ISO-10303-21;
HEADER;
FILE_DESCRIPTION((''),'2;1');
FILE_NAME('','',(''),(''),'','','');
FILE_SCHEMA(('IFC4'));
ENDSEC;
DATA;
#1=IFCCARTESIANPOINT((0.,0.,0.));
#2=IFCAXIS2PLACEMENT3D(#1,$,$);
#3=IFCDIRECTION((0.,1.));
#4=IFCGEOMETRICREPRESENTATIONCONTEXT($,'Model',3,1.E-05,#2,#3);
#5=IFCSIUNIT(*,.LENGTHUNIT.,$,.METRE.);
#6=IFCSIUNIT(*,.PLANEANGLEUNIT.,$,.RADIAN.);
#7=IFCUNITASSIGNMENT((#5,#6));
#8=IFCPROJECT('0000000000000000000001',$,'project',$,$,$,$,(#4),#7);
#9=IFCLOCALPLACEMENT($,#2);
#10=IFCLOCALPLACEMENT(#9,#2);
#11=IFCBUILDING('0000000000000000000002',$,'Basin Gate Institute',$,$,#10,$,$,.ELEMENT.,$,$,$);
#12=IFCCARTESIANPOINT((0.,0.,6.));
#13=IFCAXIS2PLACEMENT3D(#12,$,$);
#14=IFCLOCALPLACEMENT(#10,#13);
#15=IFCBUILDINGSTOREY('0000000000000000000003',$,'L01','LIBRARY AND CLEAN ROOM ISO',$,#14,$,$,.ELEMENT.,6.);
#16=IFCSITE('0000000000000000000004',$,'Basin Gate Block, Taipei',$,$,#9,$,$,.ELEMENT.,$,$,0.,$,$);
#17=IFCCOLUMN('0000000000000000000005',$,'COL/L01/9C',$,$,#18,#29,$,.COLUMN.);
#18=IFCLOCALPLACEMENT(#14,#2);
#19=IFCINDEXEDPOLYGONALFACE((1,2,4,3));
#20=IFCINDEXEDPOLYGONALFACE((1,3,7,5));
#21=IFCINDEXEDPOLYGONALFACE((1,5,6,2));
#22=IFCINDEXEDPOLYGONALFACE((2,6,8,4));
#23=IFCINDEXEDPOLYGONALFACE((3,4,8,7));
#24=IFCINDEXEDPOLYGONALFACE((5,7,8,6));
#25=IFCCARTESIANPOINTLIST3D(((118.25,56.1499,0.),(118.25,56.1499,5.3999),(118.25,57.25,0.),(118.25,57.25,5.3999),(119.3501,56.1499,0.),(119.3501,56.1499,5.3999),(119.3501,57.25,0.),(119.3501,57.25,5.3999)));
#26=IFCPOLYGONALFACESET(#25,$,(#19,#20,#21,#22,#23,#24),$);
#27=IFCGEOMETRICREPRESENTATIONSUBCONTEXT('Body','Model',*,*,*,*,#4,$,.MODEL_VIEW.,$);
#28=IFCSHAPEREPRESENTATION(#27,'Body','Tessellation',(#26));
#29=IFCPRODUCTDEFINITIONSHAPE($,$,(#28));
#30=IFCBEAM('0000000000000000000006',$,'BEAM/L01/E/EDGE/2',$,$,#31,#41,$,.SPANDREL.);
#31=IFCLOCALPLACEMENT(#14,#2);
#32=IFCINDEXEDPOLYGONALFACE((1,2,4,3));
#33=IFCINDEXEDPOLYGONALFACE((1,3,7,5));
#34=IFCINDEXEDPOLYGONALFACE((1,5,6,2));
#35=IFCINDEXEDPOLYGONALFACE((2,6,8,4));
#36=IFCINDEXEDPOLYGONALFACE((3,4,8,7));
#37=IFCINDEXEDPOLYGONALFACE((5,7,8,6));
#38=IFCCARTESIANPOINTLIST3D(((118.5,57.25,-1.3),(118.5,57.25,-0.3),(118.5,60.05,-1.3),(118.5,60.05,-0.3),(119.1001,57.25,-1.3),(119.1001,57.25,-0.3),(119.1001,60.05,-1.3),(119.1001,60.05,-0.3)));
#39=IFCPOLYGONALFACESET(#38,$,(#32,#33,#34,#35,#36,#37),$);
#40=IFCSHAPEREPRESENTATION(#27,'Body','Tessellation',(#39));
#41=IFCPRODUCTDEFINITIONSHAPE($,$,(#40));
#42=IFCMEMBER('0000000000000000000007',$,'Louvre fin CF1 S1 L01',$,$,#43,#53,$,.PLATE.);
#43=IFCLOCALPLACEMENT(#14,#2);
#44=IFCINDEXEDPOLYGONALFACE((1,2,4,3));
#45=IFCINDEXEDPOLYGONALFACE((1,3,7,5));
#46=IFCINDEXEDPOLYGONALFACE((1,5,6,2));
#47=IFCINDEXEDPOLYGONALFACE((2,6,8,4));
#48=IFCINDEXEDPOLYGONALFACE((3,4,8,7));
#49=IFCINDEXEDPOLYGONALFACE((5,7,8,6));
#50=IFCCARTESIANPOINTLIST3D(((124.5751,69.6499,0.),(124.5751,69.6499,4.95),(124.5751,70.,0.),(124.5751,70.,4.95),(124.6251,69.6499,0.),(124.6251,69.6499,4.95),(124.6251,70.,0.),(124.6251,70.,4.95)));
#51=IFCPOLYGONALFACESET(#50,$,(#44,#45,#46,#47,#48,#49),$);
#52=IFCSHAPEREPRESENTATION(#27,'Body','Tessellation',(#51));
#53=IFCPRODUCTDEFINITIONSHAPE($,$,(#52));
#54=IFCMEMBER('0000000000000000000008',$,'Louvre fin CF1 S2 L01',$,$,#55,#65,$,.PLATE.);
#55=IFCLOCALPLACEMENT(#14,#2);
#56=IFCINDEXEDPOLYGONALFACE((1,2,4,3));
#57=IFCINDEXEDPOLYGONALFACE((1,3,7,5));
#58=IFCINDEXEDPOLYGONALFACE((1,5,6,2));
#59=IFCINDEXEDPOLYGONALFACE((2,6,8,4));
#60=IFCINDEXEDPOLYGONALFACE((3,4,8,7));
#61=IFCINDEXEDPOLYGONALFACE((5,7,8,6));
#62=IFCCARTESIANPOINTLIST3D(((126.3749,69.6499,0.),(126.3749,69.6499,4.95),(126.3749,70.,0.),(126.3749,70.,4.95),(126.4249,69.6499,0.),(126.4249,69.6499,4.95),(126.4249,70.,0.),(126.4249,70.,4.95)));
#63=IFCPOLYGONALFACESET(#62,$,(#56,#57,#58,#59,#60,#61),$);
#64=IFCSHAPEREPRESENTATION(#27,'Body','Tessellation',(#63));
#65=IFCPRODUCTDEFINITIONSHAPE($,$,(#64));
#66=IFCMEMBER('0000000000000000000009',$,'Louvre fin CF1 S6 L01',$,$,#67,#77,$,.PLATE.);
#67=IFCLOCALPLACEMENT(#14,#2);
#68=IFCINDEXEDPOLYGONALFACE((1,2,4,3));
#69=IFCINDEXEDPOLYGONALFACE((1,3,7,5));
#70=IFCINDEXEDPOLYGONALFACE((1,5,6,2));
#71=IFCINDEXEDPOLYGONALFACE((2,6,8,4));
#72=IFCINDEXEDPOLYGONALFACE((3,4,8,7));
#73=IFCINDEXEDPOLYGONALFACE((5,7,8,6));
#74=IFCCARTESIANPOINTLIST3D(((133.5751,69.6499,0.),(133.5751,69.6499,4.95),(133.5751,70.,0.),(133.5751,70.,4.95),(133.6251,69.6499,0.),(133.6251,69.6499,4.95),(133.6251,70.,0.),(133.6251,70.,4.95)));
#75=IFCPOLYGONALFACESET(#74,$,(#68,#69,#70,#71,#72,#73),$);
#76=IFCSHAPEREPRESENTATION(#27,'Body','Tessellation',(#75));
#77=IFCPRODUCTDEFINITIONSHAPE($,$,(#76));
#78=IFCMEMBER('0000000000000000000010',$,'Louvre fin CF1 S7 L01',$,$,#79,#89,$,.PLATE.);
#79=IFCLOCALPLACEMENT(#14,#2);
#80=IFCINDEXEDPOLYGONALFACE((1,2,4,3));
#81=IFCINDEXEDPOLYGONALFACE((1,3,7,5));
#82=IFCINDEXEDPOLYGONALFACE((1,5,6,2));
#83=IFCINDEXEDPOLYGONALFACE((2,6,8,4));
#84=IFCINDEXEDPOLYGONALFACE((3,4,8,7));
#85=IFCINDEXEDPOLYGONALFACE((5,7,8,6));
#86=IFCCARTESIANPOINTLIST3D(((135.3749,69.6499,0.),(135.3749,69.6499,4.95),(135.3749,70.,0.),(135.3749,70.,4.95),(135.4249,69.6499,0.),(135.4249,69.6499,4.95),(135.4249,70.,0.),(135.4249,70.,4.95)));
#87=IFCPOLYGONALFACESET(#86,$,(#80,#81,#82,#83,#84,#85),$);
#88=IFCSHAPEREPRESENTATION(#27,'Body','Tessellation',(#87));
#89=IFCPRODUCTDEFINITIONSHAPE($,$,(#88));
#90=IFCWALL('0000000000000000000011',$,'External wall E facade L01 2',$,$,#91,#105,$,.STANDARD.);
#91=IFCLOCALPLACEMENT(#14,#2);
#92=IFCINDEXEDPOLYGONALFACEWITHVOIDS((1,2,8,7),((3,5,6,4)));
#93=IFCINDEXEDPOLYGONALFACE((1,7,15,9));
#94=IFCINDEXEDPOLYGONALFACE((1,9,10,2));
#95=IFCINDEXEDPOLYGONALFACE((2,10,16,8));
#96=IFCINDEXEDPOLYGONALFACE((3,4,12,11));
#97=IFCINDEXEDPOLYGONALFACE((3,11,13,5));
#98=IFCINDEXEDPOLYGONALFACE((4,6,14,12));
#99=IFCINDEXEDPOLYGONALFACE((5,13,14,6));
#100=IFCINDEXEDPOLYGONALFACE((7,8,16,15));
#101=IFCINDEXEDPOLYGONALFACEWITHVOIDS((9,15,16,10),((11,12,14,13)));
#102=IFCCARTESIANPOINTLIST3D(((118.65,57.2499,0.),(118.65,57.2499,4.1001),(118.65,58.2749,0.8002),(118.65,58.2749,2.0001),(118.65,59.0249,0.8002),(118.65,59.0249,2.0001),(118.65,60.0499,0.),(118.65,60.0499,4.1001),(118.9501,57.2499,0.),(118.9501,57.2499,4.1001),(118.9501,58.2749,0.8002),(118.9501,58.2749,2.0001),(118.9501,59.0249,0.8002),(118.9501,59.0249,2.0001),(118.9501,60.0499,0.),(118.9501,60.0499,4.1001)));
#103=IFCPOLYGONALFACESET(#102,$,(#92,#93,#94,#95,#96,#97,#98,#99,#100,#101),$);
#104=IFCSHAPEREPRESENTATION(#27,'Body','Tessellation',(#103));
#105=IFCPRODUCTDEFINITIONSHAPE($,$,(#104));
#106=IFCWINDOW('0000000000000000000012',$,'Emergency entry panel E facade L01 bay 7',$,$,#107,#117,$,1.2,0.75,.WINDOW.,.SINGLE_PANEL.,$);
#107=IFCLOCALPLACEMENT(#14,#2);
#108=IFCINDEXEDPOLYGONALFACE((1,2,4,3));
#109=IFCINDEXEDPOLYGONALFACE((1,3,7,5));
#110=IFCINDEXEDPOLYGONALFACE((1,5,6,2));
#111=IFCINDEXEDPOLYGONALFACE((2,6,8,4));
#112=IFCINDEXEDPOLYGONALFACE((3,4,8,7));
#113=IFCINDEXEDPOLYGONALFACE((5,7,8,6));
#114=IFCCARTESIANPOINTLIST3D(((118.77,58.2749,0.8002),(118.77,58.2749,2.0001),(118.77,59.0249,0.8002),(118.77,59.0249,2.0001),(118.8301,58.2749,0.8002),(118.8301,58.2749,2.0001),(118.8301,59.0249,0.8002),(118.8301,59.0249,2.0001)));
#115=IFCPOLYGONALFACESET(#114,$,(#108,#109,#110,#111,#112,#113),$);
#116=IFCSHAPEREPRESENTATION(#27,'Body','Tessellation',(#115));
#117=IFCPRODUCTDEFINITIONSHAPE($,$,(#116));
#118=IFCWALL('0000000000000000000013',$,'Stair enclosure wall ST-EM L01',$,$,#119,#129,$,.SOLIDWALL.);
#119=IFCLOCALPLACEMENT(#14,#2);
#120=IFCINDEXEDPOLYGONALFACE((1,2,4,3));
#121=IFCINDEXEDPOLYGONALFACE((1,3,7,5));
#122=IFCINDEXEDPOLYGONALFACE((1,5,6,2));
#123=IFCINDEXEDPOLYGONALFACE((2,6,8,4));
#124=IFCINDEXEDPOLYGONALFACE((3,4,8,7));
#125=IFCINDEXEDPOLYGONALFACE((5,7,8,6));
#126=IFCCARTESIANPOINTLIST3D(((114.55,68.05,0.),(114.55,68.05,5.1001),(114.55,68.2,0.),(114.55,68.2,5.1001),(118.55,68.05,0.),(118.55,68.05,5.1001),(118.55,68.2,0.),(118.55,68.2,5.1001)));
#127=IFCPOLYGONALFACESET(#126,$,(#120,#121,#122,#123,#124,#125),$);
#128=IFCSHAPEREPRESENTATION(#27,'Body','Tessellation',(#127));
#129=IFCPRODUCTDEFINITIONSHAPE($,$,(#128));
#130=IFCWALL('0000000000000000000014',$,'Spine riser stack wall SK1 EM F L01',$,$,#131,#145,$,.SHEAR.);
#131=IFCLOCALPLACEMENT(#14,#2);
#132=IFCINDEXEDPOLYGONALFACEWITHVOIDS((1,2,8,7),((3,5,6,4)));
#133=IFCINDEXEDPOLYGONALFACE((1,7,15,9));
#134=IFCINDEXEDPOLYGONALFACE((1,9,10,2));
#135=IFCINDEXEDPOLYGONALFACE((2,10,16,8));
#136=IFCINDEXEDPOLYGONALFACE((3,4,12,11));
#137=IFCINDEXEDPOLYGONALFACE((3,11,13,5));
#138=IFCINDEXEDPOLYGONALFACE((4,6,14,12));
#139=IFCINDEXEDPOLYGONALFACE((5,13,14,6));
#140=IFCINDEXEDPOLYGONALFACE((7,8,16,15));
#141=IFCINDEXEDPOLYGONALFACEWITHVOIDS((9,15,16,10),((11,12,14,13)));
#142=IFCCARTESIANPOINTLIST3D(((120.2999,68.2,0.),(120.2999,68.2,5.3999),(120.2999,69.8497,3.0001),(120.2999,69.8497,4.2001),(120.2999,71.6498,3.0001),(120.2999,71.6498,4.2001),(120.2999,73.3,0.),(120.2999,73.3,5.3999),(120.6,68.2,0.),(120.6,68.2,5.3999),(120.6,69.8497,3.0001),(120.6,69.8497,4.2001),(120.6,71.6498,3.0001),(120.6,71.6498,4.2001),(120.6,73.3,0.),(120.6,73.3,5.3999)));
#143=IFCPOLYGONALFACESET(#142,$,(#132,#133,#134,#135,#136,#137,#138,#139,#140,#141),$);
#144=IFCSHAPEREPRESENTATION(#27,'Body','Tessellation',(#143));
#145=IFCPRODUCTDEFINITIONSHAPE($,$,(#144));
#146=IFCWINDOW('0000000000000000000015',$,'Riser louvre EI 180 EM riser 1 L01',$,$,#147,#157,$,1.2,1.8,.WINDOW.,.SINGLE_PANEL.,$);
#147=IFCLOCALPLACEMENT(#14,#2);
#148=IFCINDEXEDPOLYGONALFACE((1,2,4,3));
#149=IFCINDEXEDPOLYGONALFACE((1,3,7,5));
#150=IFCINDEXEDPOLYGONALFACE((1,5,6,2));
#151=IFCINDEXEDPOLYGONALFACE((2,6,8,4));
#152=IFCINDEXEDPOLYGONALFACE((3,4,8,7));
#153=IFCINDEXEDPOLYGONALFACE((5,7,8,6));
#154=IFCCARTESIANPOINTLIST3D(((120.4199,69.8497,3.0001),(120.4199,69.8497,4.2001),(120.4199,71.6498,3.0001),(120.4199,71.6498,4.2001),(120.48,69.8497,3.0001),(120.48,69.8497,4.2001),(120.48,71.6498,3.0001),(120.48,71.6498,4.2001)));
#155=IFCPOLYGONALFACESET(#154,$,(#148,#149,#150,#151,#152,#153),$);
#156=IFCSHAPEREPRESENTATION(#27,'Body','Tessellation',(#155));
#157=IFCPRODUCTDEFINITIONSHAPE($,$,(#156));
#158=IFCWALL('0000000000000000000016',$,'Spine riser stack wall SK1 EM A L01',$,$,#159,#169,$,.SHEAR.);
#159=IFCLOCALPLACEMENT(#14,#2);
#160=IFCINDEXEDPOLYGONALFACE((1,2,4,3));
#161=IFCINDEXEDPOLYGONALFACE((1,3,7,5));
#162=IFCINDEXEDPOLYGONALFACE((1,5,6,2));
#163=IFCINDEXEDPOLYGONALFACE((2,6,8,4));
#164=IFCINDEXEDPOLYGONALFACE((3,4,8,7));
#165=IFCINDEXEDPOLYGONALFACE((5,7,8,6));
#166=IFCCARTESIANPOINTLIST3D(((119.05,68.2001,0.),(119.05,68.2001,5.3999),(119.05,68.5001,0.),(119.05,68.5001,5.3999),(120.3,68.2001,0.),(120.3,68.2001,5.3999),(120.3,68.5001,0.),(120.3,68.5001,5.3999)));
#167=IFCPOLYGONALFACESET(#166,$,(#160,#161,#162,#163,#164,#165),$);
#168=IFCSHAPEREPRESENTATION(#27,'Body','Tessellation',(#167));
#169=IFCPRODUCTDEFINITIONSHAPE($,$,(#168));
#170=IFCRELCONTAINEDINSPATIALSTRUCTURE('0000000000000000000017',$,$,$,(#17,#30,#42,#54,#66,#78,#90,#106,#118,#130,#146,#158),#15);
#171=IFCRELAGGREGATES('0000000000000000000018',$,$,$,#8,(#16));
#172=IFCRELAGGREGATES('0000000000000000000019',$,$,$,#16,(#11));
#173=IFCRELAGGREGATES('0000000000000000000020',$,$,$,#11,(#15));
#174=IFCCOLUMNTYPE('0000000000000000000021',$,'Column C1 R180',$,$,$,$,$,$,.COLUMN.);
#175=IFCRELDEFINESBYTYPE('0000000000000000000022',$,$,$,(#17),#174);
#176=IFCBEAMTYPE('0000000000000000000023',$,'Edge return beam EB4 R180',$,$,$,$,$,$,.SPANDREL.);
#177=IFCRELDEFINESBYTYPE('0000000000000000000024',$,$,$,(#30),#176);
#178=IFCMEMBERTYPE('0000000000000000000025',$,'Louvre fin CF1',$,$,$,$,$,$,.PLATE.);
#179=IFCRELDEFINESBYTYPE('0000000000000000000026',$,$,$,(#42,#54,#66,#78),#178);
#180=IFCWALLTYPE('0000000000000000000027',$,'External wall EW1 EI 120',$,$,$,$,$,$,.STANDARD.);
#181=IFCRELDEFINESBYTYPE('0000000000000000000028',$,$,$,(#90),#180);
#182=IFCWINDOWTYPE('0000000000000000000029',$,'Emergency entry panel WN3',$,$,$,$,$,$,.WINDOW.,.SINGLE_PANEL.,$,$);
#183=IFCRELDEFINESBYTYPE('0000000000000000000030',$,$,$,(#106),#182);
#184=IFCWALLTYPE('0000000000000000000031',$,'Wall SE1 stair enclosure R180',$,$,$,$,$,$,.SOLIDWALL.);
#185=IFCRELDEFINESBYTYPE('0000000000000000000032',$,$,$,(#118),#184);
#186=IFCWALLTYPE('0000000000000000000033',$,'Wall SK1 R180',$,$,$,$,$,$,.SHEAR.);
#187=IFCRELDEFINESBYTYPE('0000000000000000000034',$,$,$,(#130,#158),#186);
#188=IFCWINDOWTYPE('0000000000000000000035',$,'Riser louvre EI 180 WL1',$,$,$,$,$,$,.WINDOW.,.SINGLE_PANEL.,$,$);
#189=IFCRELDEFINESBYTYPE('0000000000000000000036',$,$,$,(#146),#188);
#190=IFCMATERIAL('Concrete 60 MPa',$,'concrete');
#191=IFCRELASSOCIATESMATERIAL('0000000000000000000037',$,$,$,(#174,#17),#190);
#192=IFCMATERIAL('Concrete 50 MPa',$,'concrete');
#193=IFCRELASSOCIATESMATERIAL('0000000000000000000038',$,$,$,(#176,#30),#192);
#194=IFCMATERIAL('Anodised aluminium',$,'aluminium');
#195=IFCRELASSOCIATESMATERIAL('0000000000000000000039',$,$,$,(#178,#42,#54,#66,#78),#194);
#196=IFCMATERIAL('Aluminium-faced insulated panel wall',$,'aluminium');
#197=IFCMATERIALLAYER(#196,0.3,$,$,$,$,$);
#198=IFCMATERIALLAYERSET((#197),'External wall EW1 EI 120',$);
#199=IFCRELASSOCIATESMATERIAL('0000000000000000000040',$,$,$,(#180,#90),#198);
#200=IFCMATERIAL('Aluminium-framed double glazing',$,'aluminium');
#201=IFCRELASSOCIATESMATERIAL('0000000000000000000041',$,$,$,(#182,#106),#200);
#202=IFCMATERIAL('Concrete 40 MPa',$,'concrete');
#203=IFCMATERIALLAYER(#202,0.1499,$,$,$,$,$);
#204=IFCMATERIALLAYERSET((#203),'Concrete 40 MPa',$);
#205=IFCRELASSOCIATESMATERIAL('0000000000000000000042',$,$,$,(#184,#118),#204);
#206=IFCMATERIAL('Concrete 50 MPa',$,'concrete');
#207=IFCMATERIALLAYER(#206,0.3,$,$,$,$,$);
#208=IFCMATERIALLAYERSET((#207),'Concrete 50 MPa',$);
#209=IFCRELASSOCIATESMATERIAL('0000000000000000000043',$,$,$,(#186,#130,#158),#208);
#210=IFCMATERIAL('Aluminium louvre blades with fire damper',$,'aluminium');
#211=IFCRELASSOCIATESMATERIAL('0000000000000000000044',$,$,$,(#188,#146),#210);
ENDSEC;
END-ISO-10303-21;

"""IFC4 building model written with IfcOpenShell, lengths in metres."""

from ifc_helpers import new_model, si_unit, direction, frame, frame_2d, origin, origin_2d, place, context, subcontext, project, spatial, rectangle, extrude, material, layer, layer_set, material_profile, profile_set, type_object, element, fill, save


model = new_model("IFC4")

# Units and contexts
model_context = context("Model", 3, precision=1e-05, world=origin(), true_north=direction((0.0, 1.0)))
body_context = subcontext(model_context, "Body", "Model", "MODEL_VIEW")
ifc_project = project(units=[si_unit("LENGTHUNIT", "METRE"), si_unit("PLANEANGLEUNIT", "RADIAN")], contexts=[model_context])

# Site, building, storey
site_placement = place(None, origin())
site = spatial("IfcSite", under=ifc_project, at=site_placement, Name="Basin Gate Block, Taipei", CompositionType="ELEMENT", RefElevation=0.0)
building_placement = place(site_placement, origin())
building = spatial("IfcBuilding", under=site, at=building_placement, Name="Basin Gate Institute", CompositionType="ELEMENT")
storey_placement = place(building_placement, frame((0.0, 0.0, 6.0)))
storey = spatial("IfcBuildingStorey", under=building, at=storey_placement, Name="L01", Description="LIBRARY AND CLEAN ROOM ISO", CompositionType="ELEMENT", Elevation=6.0)

# Column
ifc_material_1 = material(Name="Concrete 60 MPa", Category="concrete")
ifc_material_profile_1 = material_profile(ifc_material_1, rectangle(XDim=1.1001, YDim=1.1001, at=origin_2d()), Name="Column C1 1100 x 1100")
ifc_profile_set_1 = profile_set([ifc_material_profile_1], Name="Concrete 60 MPa")
column_type = type_object("IfcColumnType", Name="Column C1 R180", PredefinedType="COLUMN", material=ifc_profile_set_1)
column_placement = place(storey_placement, frame((118.8, 56.7, 0.0), z_axis=(0.0, 0.0, 1.0), x_axis=(1.0, 0.0, 0.0)))
element("IfcColumn", 1, at=column_placement, inside=storey, type_object=column_type, material=ifc_profile_set_1, Name="COL/L01/9C", PredefinedType="COLUMN", context=body_context, shape_type="SweptSolid", body=[
    extrude(rectangle(XDim=1.1001, YDim=1.1001, at=origin_2d()), origin(), (0.0, 0.0, 1.0), 5.3999),
])

# Beam
ifc_material_2 = material(Name="Concrete 50 MPa", Category="concrete")
ifc_material_profile_2 = material_profile(ifc_material_2, rectangle(XDim=0.6001, YDim=1.0, at=origin_2d()), Name="Edge return beam EB4 600 x 1000")
ifc_profile_set_2 = profile_set([ifc_material_profile_2], Name="Concrete 50 MPa")
beam_type = type_object("IfcBeamType", Name="Edge return beam EB4 R180", PredefinedType="SPANDREL", material=ifc_profile_set_2)
beam_placement = place(storey_placement, frame((118.8, 57.25, -0.8), z_axis=(0.0, 1.0, 0.0), x_axis=(-1.0, 0.0, 0.0)))
element("IfcBeam", 2, at=beam_placement, inside=storey, type_object=beam_type, material=ifc_profile_set_2, Name="BEAM/L01/E/EDGE/2", PredefinedType="SPANDREL", context=body_context, shape_type="SweptSolid", body=[
    extrude(rectangle(XDim=0.6001, YDim=1.0, at=origin_2d()), origin(), (0.0, 0.0, 1.0), 2.8),
])

# Members
ifc_material_3 = material(Name="Anodised aluminium", Category="aluminium")
ifc_material_profile_3 = material_profile(ifc_material_3, rectangle(XDim=0.05, YDim=0.3501, at=origin_2d()), Name="Louvre fin CF1 50 x 350")
ifc_profile_set_3 = profile_set([ifc_material_profile_3], Name="Anodised aluminium")
member_type = type_object("IfcMemberType", Name="Louvre fin CF1", PredefinedType="PLATE", material=ifc_profile_set_3)
for number, where, z_axis, x_axis, name in (
    (3, (124.6001, 69.825, 0.0), (0.0, 0.0, 1.0), (1.0, 0.0, 0.0), "Louvre fin CF1 S1 L01"),
    (4, (126.3999, 69.825, 0.0), (0.0, 0.0, 1.0), (1.0, 0.0, 0.0), "Louvre fin CF1 S2 L01"),
    (5, (133.6001, 69.825, 0.0), (0.0, 0.0, 1.0), (1.0, 0.0, 0.0), "Louvre fin CF1 S6 L01"),
    (6, (135.3999, 69.825, 0.0), (0.0, 0.0, 1.0), (1.0, 0.0, 0.0), "Louvre fin CF1 S7 L01"),
):
    element("IfcMember", number, at=place(storey_placement, frame(where, z_axis=z_axis, x_axis=x_axis)), inside=storey, type_object=member_type, material=ifc_profile_set_3, Name=name, PredefinedType="PLATE", context=body_context, shape_type="SweptSolid", body=[
        extrude(rectangle(XDim=0.05, YDim=0.3501, at=origin_2d()), origin(), (0.0, 0.0, 1.0), 4.95),
    ])

# Wall, opening, window
ifc_material_4 = material(Name="Aluminium-faced insulated panel wall", Category="aluminium")
ifc_layer_1 = layer(ifc_material_4, 0.3)
ifc_layer_set_1 = layer_set([ifc_layer_1], Name="External wall EW1 EI 120")
wall_type_1 = type_object("IfcWallType", Name="External wall EW1 EI 120", PredefinedType="STANDARD", material=ifc_layer_set_1)
wall_1_placement = place(storey_placement, frame((118.8, 57.25, 0.0), z_axis=(0.0, 0.0, 1.0), x_axis=(0.0, 1.0, 0.0)))
wall_1 = element("IfcWall", 7, at=wall_1_placement, inside=storey, type_object=wall_type_1, material=ifc_layer_set_1, Name="External wall E facade L01 2", PredefinedType="STANDARD", context=body_context, shape_type="SweptSolid", body=[
    extrude(rectangle(XDim=2.8, YDim=0.3, at=frame_2d((1.3999, 0.0))), origin(), (0.0, 0.0, 1.0), 4.1001),
])
opening_1_placement = place(wall_1_placement, frame((1.0249, 0.0, 0.8)))
opening_1 = element("IfcOpeningElement", 8, at=opening_1_placement, cuts=wall_1, PredefinedType="OPENING", context=body_context, shape_type="SweptSolid", body=[
    extrude(rectangle(XDim=0.75, YDim=1.2, at=frame_2d((0.375, 0.6001))), frame((0.0, 0.1602, 0.0), z_axis=(0.0, -1.0, 0.0), x_axis=(1.0, 0.0, 0.0)), (0.0, 0.0, 1.0), 0.3201),
])
ifc_material_5 = material(Name="Aluminium-framed double glazing", Category="aluminium")
window_type_1 = type_object("IfcWindowType", Name="Emergency entry panel WN3", PartitioningType="SINGLE_PANEL", PredefinedType="WINDOW", material=ifc_material_5)
window_1_placement = place(opening_1_placement, origin())
window_1 = element("IfcWindow", 9, at=window_1_placement, inside=storey, type_object=window_type_1, material=ifc_material_5, Name="Emergency entry panel E facade L01 bay 7", OverallHeight=1.2, OverallWidth=0.75, PartitioningType="SINGLE_PANEL", PredefinedType="WINDOW", context=body_context, shape_type="SweptSolid", body=[
    extrude(rectangle(XDim=0.75, YDim=1.2, at=frame_2d((0.375, 0.6001))), frame((0.0, 0.03, 0.0), z_axis=(0.0, -1.0, 0.0), x_axis=(1.0, 0.0, 0.0)), (0.0, 0.0, 1.0), 0.0601),
])
fill(opening_1, window_1)

# Wall
ifc_material_6 = material(Name="Concrete 40 MPa", Category="concrete")
ifc_layer_2 = layer(ifc_material_6, 0.1499)
ifc_layer_set_2 = layer_set([ifc_layer_2], Name="Concrete 40 MPa")
wall_type_2 = type_object("IfcWallType", Name="Wall SE1 stair enclosure R180", PredefinedType="SOLIDWALL", material=ifc_layer_set_2)
wall_2_placement = place(storey_placement, frame((118.55, 68.125, 0.0), z_axis=(0.0, 0.0, 1.0), x_axis=(-1.0, 0.0, 0.0)))
element("IfcWall", 10, at=wall_2_placement, inside=storey, type_object=wall_type_2, material=ifc_layer_set_2, Name="Stair enclosure wall ST-EM L01", PredefinedType="SOLIDWALL", context=body_context, shape_type="SweptSolid", body=[
    extrude(rectangle(XDim=4.0, YDim=0.1499, at=frame_2d((2.0, 0.0))), origin(), (0.0, 0.0, 1.0), 5.1001),
])

# Wall, opening, window
ifc_material_7 = material(Name="Concrete 50 MPa", Category="concrete")
ifc_layer_3 = layer(ifc_material_7, 0.3)
ifc_layer_set_3 = layer_set([ifc_layer_3], Name="Concrete 50 MPa")
wall_type_3 = type_object("IfcWallType", Name="Wall SK1 R180", PredefinedType="SHEAR", material=ifc_layer_set_3)
wall_3_placement = place(storey_placement, frame((120.45, 68.2, 0.0), z_axis=(0.0, 0.0, 1.0), x_axis=(0.0, 1.0, 0.0)))
wall_3 = element("IfcWall", 11, at=wall_3_placement, inside=storey, type_object=wall_type_3, material=ifc_layer_set_3, Name="Spine riser stack wall SK1 EM F L01", PredefinedType="SHEAR", context=body_context, shape_type="SweptSolid", body=[
    extrude(rectangle(XDim=5.1001, YDim=0.3, at=frame_2d((2.55, 0.0))), origin(), (0.0, 0.0, 1.0), 5.3999),
])
opening_2_placement = place(wall_3_placement, frame((1.6499, 0.0, 3.0)))
opening_2 = element("IfcOpeningElement", 12, at=opening_2_placement, cuts=wall_3, PredefinedType="OPENING", context=body_context, shape_type="SweptSolid", body=[
    extrude(rectangle(XDim=1.8, YDim=1.2, at=frame_2d((0.8999, 0.6001))), frame((0.0, 0.1602, 0.0), z_axis=(0.0, -1.0, 0.0), x_axis=(1.0, 0.0, 0.0)), (0.0, 0.0, 1.0), 0.3201),
])
ifc_material_8 = material(Name="Aluminium louvre blades with fire damper", Category="aluminium")
window_type_2 = type_object("IfcWindowType", Name="Riser louvre EI 180 WL1", PartitioningType="SINGLE_PANEL", PredefinedType="WINDOW", material=ifc_material_8)
window_2_placement = place(opening_2_placement, origin())
window_2 = element("IfcWindow", 13, at=window_2_placement, inside=storey, type_object=window_type_2, material=ifc_material_8, Name="Riser louvre EI 180 EM riser 1 L01", OverallHeight=1.2, OverallWidth=1.8, PartitioningType="SINGLE_PANEL", PredefinedType="WINDOW", context=body_context, shape_type="SweptSolid", body=[
    extrude(rectangle(XDim=1.8, YDim=1.2, at=frame_2d((0.8999, 0.6001))), frame((0.0, 0.03, 0.0), z_axis=(0.0, -1.0, 0.0), x_axis=(1.0, 0.0, 0.0)), (0.0, 0.0, 1.0), 0.0601),
])
fill(opening_2, window_2)

# Wall
wall_4_placement = place(storey_placement, frame((119.05, 68.3501, 0.0), z_axis=(0.0, 0.0, 1.0), x_axis=(1.0, 0.0, 0.0)))
element("IfcWall", 14, at=wall_4_placement, inside=storey, type_object=wall_type_3, material=ifc_layer_set_3, Name="Spine riser stack wall SK1 EM A L01", PredefinedType="SHEAR", context=body_context, shape_type="SweptSolid", body=[
    extrude(rectangle(XDim=1.25, YDim=0.3, at=frame_2d((0.625, 0.0))), origin(), (0.0, 0.0, 1.0), 5.3999),
])

save(model, "model.ifc")
